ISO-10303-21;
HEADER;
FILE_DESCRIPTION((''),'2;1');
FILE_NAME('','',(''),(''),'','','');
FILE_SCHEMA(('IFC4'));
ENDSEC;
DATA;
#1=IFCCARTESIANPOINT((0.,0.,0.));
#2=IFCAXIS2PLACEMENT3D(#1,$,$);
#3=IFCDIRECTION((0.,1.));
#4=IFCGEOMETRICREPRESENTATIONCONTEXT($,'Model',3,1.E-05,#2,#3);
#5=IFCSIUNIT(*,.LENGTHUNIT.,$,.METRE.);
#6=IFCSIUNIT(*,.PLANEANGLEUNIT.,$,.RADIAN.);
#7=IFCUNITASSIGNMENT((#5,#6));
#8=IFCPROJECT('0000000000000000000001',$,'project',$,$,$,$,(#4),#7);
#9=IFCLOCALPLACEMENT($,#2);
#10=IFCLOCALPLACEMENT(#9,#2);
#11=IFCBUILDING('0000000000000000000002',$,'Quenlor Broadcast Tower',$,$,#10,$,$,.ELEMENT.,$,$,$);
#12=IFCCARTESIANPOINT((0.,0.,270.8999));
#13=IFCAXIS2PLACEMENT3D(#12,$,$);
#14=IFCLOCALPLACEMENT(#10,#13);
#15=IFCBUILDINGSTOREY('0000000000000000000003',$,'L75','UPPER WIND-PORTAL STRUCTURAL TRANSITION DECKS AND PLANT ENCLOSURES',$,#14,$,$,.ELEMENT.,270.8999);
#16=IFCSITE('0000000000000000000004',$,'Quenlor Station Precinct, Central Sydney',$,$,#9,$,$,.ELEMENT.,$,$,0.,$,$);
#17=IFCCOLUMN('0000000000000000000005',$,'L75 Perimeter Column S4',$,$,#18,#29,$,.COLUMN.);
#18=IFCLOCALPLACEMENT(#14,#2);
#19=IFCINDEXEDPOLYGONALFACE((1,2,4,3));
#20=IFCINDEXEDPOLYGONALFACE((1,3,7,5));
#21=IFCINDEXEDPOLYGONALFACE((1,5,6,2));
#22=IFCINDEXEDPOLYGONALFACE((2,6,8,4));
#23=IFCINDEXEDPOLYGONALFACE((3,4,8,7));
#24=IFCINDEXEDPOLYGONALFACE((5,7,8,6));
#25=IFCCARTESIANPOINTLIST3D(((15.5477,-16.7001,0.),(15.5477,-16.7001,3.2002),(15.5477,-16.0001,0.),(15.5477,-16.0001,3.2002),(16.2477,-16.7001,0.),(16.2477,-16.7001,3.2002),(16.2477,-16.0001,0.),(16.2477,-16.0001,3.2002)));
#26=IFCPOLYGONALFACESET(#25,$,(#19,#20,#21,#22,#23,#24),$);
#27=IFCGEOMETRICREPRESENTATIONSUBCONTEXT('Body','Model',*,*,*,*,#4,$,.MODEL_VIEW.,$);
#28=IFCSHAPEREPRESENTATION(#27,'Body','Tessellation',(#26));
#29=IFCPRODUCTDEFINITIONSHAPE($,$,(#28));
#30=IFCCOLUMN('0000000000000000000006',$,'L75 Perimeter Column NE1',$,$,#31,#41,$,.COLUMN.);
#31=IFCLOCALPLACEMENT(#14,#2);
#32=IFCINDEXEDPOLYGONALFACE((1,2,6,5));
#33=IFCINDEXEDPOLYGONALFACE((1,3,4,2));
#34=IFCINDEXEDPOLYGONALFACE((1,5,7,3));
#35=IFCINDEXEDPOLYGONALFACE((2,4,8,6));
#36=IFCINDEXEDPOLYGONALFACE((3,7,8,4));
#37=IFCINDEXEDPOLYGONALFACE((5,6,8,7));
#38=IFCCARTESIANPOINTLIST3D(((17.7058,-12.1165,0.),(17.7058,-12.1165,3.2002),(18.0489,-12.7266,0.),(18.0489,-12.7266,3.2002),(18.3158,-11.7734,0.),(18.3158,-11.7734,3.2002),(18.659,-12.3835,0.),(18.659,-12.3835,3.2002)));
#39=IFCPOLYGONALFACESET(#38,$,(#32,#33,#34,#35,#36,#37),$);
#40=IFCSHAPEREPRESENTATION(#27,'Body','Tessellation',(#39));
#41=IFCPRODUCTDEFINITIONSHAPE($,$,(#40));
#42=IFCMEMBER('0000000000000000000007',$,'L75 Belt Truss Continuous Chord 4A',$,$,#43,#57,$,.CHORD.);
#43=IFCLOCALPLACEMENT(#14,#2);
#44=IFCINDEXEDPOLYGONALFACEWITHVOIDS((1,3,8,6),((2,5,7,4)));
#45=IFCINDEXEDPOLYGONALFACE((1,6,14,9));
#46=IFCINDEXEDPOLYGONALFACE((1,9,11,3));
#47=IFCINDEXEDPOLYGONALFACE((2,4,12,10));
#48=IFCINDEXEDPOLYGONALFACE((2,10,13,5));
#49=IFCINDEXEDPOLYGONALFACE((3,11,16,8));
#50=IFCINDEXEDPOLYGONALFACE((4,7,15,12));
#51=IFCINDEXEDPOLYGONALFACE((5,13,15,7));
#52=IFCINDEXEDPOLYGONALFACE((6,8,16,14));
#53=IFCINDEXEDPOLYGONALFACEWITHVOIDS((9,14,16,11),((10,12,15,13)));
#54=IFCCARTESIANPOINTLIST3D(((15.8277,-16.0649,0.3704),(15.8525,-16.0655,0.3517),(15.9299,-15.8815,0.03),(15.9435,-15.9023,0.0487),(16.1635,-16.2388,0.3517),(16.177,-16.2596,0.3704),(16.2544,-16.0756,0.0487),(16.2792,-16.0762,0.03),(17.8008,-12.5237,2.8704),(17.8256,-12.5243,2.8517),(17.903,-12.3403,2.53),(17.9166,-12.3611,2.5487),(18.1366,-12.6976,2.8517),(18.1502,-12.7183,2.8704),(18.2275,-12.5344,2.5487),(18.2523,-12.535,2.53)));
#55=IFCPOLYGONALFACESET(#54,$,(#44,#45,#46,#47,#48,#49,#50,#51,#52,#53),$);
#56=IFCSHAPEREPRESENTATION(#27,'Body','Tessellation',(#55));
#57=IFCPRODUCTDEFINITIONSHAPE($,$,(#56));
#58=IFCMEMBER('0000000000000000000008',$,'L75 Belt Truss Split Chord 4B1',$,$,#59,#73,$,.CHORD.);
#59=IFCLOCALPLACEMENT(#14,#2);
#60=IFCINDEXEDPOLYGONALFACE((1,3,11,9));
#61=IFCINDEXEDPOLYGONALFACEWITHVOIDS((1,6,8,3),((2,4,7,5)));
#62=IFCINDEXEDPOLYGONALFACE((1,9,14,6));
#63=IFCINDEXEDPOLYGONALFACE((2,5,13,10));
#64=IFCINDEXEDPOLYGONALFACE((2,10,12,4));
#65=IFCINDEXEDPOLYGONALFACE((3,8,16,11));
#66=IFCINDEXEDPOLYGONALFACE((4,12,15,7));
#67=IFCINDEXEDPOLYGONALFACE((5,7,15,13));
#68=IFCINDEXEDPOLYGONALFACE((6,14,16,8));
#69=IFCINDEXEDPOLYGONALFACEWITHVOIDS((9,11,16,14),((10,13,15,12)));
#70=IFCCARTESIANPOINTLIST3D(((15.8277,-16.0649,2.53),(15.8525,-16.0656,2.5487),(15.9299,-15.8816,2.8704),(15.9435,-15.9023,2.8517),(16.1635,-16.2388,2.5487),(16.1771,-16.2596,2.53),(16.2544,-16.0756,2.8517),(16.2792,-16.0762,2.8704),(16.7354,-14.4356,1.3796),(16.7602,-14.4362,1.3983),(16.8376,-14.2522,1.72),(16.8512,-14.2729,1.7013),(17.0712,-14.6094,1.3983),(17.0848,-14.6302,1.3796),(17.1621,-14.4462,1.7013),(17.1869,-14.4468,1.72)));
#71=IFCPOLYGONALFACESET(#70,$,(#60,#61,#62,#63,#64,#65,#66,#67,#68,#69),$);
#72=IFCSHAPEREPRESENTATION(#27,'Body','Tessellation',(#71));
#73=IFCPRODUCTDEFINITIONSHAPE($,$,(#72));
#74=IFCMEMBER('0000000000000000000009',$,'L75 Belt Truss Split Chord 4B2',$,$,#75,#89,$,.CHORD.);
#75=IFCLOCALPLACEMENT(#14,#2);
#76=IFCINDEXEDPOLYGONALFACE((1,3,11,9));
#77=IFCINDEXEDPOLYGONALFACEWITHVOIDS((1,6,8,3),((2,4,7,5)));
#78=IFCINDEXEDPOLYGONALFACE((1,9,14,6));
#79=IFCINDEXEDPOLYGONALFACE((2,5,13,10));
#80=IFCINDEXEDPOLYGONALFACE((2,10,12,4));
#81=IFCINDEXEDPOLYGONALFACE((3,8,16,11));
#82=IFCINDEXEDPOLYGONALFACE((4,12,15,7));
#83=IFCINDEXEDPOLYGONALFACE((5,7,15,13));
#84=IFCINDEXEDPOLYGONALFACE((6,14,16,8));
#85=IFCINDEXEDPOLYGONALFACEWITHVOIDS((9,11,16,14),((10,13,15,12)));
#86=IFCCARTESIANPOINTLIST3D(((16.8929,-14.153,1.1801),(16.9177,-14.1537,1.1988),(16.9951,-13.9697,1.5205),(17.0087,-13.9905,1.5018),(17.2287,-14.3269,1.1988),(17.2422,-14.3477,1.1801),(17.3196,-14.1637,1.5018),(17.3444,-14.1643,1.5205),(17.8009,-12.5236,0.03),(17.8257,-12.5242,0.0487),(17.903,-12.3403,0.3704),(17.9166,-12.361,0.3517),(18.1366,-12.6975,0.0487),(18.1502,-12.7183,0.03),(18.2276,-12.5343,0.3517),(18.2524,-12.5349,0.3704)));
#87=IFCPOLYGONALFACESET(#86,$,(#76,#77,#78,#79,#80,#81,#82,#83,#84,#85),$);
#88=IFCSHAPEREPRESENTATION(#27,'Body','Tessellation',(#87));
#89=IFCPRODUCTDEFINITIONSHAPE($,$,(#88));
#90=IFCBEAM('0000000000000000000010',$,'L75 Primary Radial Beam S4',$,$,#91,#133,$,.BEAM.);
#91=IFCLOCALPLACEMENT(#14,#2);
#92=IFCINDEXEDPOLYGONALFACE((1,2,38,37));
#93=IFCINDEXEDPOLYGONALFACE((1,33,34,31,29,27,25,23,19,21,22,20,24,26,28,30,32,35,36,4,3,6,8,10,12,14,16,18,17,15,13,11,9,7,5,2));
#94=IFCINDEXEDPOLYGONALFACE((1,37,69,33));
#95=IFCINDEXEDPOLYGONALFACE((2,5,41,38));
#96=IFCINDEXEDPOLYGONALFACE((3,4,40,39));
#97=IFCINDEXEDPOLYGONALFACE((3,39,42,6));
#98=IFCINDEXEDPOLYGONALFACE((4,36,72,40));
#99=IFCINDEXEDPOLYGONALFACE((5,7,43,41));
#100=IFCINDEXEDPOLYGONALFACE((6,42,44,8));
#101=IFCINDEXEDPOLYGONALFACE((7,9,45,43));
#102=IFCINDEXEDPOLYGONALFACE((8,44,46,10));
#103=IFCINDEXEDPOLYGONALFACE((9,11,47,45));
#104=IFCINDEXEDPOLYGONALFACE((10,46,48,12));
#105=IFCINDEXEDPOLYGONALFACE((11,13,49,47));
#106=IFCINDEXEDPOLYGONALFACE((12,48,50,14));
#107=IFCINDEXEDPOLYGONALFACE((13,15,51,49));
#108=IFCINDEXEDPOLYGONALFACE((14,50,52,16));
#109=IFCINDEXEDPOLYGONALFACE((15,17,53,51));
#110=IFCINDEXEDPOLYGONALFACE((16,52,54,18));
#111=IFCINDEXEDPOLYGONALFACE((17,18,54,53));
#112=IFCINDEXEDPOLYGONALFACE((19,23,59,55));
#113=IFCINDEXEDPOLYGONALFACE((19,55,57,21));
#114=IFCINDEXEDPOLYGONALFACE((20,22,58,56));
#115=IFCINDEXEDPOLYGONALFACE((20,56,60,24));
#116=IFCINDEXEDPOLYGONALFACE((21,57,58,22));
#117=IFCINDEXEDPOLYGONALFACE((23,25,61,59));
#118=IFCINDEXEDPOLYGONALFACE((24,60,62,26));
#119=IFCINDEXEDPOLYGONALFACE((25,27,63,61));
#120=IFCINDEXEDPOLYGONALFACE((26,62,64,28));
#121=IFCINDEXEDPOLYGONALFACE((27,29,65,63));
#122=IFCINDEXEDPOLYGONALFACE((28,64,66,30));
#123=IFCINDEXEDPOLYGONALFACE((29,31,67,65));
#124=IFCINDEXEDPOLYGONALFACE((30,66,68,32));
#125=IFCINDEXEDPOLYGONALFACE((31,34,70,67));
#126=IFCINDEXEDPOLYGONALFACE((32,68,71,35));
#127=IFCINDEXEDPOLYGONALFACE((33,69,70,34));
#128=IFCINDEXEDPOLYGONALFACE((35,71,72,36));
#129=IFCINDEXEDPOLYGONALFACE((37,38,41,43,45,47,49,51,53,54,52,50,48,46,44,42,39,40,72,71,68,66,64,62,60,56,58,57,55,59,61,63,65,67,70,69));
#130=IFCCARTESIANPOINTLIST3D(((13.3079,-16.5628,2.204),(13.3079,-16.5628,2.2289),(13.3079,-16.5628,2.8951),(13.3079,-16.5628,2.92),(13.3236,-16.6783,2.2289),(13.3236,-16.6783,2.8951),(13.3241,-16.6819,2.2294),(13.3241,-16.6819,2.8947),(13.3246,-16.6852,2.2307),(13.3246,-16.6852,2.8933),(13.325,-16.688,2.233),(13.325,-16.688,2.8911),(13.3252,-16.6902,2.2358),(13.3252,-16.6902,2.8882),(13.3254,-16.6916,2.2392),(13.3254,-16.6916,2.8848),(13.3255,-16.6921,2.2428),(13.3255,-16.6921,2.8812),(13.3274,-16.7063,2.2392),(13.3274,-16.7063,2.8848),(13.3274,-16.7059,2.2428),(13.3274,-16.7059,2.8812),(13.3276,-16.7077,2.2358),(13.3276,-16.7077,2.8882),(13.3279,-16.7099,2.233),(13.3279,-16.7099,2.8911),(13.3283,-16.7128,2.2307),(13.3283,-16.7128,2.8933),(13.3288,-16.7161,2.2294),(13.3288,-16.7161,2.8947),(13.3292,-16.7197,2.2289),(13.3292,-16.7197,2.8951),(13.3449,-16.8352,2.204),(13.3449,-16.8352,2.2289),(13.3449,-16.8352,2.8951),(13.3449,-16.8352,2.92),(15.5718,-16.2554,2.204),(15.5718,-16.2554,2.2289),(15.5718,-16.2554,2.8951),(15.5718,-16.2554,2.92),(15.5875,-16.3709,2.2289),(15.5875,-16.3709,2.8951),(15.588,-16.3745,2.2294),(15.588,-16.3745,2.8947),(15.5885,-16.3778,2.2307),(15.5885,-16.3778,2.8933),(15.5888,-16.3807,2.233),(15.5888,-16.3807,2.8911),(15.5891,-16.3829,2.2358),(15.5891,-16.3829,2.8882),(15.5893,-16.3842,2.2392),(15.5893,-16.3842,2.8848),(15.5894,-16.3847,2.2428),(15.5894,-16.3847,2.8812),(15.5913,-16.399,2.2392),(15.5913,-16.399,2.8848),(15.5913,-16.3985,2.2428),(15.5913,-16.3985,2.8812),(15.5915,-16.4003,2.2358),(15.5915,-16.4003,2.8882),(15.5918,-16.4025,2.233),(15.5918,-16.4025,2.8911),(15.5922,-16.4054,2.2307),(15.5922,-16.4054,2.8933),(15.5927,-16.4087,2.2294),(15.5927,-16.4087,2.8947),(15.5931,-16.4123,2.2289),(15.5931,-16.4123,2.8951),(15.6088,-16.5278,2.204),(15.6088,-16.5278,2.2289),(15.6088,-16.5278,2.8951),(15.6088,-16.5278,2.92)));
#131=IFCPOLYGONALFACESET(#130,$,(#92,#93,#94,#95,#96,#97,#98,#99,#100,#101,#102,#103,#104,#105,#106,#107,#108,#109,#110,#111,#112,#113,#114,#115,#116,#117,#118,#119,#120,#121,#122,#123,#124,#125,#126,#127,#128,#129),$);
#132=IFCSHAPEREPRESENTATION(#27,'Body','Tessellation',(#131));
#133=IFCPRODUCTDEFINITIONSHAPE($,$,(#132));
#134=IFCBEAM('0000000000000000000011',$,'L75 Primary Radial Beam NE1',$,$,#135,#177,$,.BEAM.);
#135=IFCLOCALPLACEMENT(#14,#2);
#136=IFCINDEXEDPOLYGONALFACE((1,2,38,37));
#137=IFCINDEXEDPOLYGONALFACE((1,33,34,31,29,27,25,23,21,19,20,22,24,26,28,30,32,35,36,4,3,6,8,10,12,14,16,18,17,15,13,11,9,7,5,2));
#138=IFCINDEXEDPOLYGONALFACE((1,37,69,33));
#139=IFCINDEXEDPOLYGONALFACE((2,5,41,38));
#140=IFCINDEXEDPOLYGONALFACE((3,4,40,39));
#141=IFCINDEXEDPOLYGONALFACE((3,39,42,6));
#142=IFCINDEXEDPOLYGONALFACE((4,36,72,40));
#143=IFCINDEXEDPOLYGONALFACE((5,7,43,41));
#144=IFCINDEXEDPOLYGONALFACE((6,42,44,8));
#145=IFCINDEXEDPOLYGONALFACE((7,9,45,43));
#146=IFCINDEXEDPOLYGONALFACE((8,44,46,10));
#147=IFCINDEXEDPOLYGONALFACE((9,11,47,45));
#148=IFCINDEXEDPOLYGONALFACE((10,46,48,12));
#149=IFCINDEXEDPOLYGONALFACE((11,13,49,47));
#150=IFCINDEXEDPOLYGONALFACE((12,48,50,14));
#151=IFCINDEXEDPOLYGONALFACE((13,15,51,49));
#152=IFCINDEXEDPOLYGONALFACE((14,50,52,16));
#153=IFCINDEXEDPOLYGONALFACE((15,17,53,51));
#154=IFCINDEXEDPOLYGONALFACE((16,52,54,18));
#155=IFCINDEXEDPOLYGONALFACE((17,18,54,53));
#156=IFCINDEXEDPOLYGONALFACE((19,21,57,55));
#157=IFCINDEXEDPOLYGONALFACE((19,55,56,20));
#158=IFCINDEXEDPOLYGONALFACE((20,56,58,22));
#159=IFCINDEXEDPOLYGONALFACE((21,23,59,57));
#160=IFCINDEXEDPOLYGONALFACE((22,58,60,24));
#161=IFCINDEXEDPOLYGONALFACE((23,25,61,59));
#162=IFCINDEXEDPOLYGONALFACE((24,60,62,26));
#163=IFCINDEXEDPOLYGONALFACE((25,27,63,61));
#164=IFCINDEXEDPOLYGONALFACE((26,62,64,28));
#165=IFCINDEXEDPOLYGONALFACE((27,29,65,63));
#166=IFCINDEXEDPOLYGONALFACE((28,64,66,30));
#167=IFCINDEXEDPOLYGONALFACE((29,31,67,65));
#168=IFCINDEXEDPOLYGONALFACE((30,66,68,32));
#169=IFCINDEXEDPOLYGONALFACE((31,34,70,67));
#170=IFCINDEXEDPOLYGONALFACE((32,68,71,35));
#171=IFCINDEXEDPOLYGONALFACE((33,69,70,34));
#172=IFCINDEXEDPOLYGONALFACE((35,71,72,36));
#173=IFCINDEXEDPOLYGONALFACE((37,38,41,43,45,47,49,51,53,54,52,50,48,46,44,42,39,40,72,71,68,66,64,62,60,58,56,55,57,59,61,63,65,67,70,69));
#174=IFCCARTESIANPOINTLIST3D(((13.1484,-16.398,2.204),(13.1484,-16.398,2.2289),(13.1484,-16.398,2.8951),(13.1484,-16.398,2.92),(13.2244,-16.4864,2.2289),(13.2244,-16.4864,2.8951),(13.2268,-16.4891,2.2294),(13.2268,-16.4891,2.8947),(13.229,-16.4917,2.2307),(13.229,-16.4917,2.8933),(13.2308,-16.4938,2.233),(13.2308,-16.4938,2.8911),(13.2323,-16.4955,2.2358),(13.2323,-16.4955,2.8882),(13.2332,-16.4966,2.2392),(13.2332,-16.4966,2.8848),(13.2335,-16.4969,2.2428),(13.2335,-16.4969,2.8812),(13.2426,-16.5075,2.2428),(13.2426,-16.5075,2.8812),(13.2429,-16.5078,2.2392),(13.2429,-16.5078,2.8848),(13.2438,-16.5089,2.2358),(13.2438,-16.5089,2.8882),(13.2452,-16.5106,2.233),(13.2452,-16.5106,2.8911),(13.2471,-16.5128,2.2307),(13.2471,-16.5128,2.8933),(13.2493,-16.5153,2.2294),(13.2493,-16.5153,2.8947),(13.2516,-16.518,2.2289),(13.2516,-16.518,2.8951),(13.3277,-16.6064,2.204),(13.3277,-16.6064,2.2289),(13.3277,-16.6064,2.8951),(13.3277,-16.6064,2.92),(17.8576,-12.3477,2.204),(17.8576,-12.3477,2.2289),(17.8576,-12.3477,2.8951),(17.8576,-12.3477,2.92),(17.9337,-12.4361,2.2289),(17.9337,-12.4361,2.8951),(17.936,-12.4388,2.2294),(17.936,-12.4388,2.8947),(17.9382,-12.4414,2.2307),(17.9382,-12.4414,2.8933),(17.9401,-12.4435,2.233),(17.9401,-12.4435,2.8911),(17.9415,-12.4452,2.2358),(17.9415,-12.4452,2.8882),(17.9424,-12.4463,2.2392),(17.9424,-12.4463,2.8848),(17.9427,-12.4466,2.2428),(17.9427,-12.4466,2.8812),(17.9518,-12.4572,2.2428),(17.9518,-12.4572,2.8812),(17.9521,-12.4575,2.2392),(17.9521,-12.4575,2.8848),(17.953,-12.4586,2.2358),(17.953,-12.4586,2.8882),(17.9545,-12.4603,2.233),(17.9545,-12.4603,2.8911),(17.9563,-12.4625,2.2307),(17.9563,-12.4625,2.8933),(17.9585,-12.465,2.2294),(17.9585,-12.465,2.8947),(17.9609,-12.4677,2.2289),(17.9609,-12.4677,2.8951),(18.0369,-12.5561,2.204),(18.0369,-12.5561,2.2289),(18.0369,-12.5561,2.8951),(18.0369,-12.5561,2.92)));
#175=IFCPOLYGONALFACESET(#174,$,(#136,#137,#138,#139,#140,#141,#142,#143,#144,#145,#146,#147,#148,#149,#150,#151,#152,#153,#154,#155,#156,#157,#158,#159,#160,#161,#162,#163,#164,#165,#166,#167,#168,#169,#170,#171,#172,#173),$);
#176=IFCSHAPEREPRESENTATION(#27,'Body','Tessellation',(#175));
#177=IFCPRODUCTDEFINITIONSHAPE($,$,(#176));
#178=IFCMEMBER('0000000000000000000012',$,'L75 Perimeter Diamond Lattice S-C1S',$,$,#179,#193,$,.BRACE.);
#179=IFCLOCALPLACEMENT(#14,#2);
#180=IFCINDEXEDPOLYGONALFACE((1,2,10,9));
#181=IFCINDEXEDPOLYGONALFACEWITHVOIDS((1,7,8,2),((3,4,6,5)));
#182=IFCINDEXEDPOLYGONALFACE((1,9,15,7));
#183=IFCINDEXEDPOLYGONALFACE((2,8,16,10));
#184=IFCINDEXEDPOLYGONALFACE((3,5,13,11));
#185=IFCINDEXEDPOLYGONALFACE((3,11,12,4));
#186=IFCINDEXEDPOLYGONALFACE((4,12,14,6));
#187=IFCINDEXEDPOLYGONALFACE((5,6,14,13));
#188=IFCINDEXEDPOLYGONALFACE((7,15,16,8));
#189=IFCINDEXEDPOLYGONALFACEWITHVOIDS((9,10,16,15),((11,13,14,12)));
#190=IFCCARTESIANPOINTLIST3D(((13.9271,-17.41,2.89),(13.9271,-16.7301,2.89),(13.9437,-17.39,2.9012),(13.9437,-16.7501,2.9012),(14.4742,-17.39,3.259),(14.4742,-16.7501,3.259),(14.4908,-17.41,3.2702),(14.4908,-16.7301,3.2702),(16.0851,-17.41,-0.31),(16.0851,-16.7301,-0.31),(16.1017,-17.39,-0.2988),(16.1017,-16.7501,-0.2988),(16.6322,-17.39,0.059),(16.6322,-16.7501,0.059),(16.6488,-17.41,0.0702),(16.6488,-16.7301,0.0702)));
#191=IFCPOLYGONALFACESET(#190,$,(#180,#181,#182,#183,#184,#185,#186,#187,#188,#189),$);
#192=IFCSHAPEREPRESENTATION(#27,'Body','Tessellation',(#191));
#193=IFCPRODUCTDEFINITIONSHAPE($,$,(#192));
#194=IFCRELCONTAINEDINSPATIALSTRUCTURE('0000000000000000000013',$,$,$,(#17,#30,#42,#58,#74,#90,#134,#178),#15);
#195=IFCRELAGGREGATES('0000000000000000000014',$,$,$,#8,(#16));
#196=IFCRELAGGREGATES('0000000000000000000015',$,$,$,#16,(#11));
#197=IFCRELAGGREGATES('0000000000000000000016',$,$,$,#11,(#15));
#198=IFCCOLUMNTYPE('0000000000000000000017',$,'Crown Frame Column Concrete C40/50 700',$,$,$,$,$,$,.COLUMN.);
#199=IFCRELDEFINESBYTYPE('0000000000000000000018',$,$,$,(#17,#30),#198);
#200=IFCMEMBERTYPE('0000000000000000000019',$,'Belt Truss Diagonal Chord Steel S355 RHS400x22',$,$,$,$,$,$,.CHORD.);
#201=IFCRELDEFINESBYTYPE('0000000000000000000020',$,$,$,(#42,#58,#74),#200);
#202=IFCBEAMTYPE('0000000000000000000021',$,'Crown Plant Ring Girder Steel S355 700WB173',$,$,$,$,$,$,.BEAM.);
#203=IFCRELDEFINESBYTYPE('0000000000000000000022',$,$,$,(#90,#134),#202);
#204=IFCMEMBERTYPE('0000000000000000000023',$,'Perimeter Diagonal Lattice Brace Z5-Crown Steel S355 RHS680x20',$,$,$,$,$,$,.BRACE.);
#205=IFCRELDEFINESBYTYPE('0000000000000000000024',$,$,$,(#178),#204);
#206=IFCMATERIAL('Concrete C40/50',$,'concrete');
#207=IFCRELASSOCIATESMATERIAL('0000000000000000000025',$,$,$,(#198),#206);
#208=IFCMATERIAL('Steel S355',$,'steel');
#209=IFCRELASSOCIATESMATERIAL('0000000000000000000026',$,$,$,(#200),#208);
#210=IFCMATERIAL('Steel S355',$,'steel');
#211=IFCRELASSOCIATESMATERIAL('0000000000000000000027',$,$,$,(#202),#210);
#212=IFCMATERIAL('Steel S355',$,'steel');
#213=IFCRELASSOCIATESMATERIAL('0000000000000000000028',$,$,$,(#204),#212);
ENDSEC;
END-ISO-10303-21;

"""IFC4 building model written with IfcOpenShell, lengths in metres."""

from ifc_helpers import new_model, si_unit, direction, frame, origin, origin_2d, place, context, subcontext, project, spatial, rectangle, hollow_rectangle, i_section, extrude, material, material_profile, profile_set, type_object, element, save


model = new_model("IFC4")

# Units and contexts
model_context = context("Model", 3, precision=1e-05, world=origin(), true_north=direction((0.0, 1.0)))
body_context = subcontext(model_context, "Body", "Model", "MODEL_VIEW")
ifc_project = project(units=[si_unit("LENGTHUNIT", "METRE"), si_unit("PLANEANGLEUNIT", "RADIAN")], contexts=[model_context])

# Site, building, storey
site_placement = place(None, origin())
site = spatial("IfcSite", under=ifc_project, at=site_placement, Name="Quenlor Station Precinct, Central Sydney", CompositionType="ELEMENT", RefElevation=0.0)
building_placement = place(site_placement, origin())
building = spatial("IfcBuilding", under=site, at=building_placement, Name="Quenlor Broadcast Tower", CompositionType="ELEMENT")
storey_placement = place(building_placement, frame((0.0, 0.0, 270.8999)))
storey = spatial("IfcBuildingStorey", under=building, at=storey_placement, Name="L75", Description="UPPER WIND-PORTAL STRUCTURAL TRANSITION DECKS AND PLANT ENCLOSURES", CompositionType="ELEMENT", Elevation=270.8999)

# Columns
ifc_material_1 = material(Name="Concrete C40/50", Category="concrete")
ifc_material_profile_1 = material_profile(ifc_material_1, rectangle(XDim=0.7, YDim=0.7, at=origin_2d()))
ifc_profile_set_1 = profile_set([ifc_material_profile_1], Name="Concrete C40/50 RC700x700")
column_type = type_object("IfcColumnType", Name="Crown Frame Column Concrete C40/50 700", PredefinedType="COLUMN", material=ifc_profile_set_1)
for number, where, z_axis, x_axis, name in (
    (1, (15.8977, -16.3501, 0.0), (0.0, 0.0, 1.0), (0.0, 1.0, 0.0), "L75 Perimeter Column S4"),
    (2, (18.1824, -12.25, 0.0), (0.0, 0.0, 1.0), (0.871575, 0.490262, 0.0), "L75 Perimeter Column NE1"),
):
    element("IfcColumn", number, at=place(storey_placement, frame(where, z_axis=z_axis, x_axis=x_axis)), inside=storey, type_object=column_type, Name=name, PredefinedType="COLUMN", context=body_context, shape_type="SweptSolid", body=[
        extrude(rectangle(XDim=0.7, YDim=0.7, at=origin_2d()), origin(), (0.0, 0.0, 1.0), 3.2002),
    ])

# Members
ifc_material_2 = material(Name="Steel S355", Category="steel")
ifc_material_profile_2 = material_profile(ifc_material_2, hollow_rectangle(XDim=0.3999, YDim=0.3999, WallThickness=0.022, at=origin_2d()))
ifc_profile_set_2 = profile_set([ifc_material_profile_2], Name="Steel S355 RHS400x400x22")
member_type_1 = type_object("IfcMemberType", Name="Belt Truss Diagonal Chord Steel S355 RHS400x22", PredefinedType="CHORD", material=ifc_profile_set_2)
member_1_placement = place(storey_placement, frame((16.0535, -16.0706, 0.2002), z_axis=(0.414287, 0.743532, 0.524906), x_axis=(-0.873552, 0.486732, 0.0)))
element("IfcMember", 3, at=member_1_placement, inside=storey, type_object=member_type_1, Name="L75 Belt Truss Continuous Chord 4A", PredefinedType="CHORD", context=body_context, shape_type="SweptSolid", body=[
    extrude(hollow_rectangle(XDim=0.3999, YDim=0.3999, WallThickness=0.022, at=origin_2d()), origin(), (0.0, 0.0, 1.0), 4.7627),
])
for number, where, z_axis, x_axis, name in (
    (4, (16.0535, -16.0706, 2.7002), (0.414215, 0.743538, -0.524955), (-0.873589, 0.486665, 0.0), "L75 Belt Truss Split Chord 4B1"),
    (5, (17.1187, -14.1587, 1.3503), (0.414332, 0.743547, -0.52485), (-0.873533, 0.486765, 0.0), "L75 Belt Truss Split Chord 4B2"),
):
    element("IfcMember", number, at=place(storey_placement, frame(where, z_axis=z_axis, x_axis=x_axis)), inside=storey, type_object=member_type_1, Name=name, PredefinedType="CHORD", context=body_context, shape_type="SweptSolid", body=[
        extrude(hollow_rectangle(XDim=0.3999, YDim=0.3999, WallThickness=0.022, at=origin_2d()), origin(), (0.0, 0.0, 1.0), 2.1914),
    ])

# Beams
ifc_material_3 = material(Name="Steel S355", Category="steel")
ifc_material_profile_3 = material_profile(ifc_material_3, i_section(OverallWidth=0.2749, OverallDepth=0.7161, WebThickness=0.0139, FlangeThickness=0.0249, FilletRadius=0.0139, at=origin_2d()))
ifc_profile_set_3 = profile_set([ifc_material_profile_3], Name="Steel S355 700WB173")
beam_type_1 = type_object("IfcBeamType", Name="Crown Plant Ring Girder Steel S355 700WB173", PredefinedType="BEAM", material=ifc_profile_set_3)
beam_1_placement = place(storey_placement, frame((15.5903, -16.3916, 2.562), z_axis=(-0.990909, -0.134536, 0.0), x_axis=(0.134536, -0.990909, 0.0)))
element("IfcBeam", 6, at=beam_1_placement, inside=storey, type_object=beam_type_1, Name="L75 Primary Radial Beam S4", PredefinedType="BEAM", context=body_context, shape_type="SweptSolid", body=[
    extrude(i_section(OverallWidth=0.2749, OverallDepth=0.7161, WebThickness=0.0139, FlangeThickness=0.0249, FilletRadius=0.0139, at=origin_2d()), origin(), (0.0, 0.0, 1.0), 2.2847),
])
beam_2_placement = place(storey_placement, frame((17.9473, -12.4519, 2.562), z_axis=(-0.758157, -0.652072, 0.0), x_axis=(0.652072, -0.758157, 0.0)))
element("IfcBeam", 7, at=beam_2_placement, inside=storey, type_object=beam_type_1, Name="L75 Primary Radial Beam NE1", PredefinedType="BEAM", context=body_context, shape_type="SweptSolid", body=[
    extrude(i_section(OverallWidth=0.2749, OverallDepth=0.7161, WebThickness=0.0139, FlangeThickness=0.0249, FilletRadius=0.0139, at=origin_2d()), origin(), (0.0, 0.0, 1.0), 6.2114),
])

# Member
ifc_material_4 = material(Name="Steel S355", Category="steel")
ifc_material_profile_4 = material_profile(ifc_material_4, hollow_rectangle(XDim=0.6799, YDim=0.6799, WallThickness=0.02, at=origin_2d()))
ifc_profile_set_4 = profile_set([ifc_material_profile_4], Name="Steel S355 RHS680x680x20")
member_type_2 = type_object("IfcMemberType", Name="Perimeter Diagonal Lattice Brace Z5-Crown Steel S355 RHS680x20", PredefinedType="BRACE", material=ifc_profile_set_4)
member_2_placement = place(storey_placement, frame((16.3669, -17.0701, -0.1199), z_axis=(-0.559115, 0.0, 0.82909), x_axis=(0.0, -1.0, 0.0)))
element("IfcMember", 8, at=member_2_placement, inside=storey, type_object=member_type_2, Name="L75 Perimeter Diamond Lattice S-C1S", PredefinedType="BRACE", context=body_context, shape_type="SweptSolid", body=[
    extrude(hollow_rectangle(XDim=0.6799, YDim=0.6799, WallThickness=0.02, at=origin_2d()), origin(), (0.0, 0.0, 1.0), 3.8596),
])

save(model, "model.ifc")
